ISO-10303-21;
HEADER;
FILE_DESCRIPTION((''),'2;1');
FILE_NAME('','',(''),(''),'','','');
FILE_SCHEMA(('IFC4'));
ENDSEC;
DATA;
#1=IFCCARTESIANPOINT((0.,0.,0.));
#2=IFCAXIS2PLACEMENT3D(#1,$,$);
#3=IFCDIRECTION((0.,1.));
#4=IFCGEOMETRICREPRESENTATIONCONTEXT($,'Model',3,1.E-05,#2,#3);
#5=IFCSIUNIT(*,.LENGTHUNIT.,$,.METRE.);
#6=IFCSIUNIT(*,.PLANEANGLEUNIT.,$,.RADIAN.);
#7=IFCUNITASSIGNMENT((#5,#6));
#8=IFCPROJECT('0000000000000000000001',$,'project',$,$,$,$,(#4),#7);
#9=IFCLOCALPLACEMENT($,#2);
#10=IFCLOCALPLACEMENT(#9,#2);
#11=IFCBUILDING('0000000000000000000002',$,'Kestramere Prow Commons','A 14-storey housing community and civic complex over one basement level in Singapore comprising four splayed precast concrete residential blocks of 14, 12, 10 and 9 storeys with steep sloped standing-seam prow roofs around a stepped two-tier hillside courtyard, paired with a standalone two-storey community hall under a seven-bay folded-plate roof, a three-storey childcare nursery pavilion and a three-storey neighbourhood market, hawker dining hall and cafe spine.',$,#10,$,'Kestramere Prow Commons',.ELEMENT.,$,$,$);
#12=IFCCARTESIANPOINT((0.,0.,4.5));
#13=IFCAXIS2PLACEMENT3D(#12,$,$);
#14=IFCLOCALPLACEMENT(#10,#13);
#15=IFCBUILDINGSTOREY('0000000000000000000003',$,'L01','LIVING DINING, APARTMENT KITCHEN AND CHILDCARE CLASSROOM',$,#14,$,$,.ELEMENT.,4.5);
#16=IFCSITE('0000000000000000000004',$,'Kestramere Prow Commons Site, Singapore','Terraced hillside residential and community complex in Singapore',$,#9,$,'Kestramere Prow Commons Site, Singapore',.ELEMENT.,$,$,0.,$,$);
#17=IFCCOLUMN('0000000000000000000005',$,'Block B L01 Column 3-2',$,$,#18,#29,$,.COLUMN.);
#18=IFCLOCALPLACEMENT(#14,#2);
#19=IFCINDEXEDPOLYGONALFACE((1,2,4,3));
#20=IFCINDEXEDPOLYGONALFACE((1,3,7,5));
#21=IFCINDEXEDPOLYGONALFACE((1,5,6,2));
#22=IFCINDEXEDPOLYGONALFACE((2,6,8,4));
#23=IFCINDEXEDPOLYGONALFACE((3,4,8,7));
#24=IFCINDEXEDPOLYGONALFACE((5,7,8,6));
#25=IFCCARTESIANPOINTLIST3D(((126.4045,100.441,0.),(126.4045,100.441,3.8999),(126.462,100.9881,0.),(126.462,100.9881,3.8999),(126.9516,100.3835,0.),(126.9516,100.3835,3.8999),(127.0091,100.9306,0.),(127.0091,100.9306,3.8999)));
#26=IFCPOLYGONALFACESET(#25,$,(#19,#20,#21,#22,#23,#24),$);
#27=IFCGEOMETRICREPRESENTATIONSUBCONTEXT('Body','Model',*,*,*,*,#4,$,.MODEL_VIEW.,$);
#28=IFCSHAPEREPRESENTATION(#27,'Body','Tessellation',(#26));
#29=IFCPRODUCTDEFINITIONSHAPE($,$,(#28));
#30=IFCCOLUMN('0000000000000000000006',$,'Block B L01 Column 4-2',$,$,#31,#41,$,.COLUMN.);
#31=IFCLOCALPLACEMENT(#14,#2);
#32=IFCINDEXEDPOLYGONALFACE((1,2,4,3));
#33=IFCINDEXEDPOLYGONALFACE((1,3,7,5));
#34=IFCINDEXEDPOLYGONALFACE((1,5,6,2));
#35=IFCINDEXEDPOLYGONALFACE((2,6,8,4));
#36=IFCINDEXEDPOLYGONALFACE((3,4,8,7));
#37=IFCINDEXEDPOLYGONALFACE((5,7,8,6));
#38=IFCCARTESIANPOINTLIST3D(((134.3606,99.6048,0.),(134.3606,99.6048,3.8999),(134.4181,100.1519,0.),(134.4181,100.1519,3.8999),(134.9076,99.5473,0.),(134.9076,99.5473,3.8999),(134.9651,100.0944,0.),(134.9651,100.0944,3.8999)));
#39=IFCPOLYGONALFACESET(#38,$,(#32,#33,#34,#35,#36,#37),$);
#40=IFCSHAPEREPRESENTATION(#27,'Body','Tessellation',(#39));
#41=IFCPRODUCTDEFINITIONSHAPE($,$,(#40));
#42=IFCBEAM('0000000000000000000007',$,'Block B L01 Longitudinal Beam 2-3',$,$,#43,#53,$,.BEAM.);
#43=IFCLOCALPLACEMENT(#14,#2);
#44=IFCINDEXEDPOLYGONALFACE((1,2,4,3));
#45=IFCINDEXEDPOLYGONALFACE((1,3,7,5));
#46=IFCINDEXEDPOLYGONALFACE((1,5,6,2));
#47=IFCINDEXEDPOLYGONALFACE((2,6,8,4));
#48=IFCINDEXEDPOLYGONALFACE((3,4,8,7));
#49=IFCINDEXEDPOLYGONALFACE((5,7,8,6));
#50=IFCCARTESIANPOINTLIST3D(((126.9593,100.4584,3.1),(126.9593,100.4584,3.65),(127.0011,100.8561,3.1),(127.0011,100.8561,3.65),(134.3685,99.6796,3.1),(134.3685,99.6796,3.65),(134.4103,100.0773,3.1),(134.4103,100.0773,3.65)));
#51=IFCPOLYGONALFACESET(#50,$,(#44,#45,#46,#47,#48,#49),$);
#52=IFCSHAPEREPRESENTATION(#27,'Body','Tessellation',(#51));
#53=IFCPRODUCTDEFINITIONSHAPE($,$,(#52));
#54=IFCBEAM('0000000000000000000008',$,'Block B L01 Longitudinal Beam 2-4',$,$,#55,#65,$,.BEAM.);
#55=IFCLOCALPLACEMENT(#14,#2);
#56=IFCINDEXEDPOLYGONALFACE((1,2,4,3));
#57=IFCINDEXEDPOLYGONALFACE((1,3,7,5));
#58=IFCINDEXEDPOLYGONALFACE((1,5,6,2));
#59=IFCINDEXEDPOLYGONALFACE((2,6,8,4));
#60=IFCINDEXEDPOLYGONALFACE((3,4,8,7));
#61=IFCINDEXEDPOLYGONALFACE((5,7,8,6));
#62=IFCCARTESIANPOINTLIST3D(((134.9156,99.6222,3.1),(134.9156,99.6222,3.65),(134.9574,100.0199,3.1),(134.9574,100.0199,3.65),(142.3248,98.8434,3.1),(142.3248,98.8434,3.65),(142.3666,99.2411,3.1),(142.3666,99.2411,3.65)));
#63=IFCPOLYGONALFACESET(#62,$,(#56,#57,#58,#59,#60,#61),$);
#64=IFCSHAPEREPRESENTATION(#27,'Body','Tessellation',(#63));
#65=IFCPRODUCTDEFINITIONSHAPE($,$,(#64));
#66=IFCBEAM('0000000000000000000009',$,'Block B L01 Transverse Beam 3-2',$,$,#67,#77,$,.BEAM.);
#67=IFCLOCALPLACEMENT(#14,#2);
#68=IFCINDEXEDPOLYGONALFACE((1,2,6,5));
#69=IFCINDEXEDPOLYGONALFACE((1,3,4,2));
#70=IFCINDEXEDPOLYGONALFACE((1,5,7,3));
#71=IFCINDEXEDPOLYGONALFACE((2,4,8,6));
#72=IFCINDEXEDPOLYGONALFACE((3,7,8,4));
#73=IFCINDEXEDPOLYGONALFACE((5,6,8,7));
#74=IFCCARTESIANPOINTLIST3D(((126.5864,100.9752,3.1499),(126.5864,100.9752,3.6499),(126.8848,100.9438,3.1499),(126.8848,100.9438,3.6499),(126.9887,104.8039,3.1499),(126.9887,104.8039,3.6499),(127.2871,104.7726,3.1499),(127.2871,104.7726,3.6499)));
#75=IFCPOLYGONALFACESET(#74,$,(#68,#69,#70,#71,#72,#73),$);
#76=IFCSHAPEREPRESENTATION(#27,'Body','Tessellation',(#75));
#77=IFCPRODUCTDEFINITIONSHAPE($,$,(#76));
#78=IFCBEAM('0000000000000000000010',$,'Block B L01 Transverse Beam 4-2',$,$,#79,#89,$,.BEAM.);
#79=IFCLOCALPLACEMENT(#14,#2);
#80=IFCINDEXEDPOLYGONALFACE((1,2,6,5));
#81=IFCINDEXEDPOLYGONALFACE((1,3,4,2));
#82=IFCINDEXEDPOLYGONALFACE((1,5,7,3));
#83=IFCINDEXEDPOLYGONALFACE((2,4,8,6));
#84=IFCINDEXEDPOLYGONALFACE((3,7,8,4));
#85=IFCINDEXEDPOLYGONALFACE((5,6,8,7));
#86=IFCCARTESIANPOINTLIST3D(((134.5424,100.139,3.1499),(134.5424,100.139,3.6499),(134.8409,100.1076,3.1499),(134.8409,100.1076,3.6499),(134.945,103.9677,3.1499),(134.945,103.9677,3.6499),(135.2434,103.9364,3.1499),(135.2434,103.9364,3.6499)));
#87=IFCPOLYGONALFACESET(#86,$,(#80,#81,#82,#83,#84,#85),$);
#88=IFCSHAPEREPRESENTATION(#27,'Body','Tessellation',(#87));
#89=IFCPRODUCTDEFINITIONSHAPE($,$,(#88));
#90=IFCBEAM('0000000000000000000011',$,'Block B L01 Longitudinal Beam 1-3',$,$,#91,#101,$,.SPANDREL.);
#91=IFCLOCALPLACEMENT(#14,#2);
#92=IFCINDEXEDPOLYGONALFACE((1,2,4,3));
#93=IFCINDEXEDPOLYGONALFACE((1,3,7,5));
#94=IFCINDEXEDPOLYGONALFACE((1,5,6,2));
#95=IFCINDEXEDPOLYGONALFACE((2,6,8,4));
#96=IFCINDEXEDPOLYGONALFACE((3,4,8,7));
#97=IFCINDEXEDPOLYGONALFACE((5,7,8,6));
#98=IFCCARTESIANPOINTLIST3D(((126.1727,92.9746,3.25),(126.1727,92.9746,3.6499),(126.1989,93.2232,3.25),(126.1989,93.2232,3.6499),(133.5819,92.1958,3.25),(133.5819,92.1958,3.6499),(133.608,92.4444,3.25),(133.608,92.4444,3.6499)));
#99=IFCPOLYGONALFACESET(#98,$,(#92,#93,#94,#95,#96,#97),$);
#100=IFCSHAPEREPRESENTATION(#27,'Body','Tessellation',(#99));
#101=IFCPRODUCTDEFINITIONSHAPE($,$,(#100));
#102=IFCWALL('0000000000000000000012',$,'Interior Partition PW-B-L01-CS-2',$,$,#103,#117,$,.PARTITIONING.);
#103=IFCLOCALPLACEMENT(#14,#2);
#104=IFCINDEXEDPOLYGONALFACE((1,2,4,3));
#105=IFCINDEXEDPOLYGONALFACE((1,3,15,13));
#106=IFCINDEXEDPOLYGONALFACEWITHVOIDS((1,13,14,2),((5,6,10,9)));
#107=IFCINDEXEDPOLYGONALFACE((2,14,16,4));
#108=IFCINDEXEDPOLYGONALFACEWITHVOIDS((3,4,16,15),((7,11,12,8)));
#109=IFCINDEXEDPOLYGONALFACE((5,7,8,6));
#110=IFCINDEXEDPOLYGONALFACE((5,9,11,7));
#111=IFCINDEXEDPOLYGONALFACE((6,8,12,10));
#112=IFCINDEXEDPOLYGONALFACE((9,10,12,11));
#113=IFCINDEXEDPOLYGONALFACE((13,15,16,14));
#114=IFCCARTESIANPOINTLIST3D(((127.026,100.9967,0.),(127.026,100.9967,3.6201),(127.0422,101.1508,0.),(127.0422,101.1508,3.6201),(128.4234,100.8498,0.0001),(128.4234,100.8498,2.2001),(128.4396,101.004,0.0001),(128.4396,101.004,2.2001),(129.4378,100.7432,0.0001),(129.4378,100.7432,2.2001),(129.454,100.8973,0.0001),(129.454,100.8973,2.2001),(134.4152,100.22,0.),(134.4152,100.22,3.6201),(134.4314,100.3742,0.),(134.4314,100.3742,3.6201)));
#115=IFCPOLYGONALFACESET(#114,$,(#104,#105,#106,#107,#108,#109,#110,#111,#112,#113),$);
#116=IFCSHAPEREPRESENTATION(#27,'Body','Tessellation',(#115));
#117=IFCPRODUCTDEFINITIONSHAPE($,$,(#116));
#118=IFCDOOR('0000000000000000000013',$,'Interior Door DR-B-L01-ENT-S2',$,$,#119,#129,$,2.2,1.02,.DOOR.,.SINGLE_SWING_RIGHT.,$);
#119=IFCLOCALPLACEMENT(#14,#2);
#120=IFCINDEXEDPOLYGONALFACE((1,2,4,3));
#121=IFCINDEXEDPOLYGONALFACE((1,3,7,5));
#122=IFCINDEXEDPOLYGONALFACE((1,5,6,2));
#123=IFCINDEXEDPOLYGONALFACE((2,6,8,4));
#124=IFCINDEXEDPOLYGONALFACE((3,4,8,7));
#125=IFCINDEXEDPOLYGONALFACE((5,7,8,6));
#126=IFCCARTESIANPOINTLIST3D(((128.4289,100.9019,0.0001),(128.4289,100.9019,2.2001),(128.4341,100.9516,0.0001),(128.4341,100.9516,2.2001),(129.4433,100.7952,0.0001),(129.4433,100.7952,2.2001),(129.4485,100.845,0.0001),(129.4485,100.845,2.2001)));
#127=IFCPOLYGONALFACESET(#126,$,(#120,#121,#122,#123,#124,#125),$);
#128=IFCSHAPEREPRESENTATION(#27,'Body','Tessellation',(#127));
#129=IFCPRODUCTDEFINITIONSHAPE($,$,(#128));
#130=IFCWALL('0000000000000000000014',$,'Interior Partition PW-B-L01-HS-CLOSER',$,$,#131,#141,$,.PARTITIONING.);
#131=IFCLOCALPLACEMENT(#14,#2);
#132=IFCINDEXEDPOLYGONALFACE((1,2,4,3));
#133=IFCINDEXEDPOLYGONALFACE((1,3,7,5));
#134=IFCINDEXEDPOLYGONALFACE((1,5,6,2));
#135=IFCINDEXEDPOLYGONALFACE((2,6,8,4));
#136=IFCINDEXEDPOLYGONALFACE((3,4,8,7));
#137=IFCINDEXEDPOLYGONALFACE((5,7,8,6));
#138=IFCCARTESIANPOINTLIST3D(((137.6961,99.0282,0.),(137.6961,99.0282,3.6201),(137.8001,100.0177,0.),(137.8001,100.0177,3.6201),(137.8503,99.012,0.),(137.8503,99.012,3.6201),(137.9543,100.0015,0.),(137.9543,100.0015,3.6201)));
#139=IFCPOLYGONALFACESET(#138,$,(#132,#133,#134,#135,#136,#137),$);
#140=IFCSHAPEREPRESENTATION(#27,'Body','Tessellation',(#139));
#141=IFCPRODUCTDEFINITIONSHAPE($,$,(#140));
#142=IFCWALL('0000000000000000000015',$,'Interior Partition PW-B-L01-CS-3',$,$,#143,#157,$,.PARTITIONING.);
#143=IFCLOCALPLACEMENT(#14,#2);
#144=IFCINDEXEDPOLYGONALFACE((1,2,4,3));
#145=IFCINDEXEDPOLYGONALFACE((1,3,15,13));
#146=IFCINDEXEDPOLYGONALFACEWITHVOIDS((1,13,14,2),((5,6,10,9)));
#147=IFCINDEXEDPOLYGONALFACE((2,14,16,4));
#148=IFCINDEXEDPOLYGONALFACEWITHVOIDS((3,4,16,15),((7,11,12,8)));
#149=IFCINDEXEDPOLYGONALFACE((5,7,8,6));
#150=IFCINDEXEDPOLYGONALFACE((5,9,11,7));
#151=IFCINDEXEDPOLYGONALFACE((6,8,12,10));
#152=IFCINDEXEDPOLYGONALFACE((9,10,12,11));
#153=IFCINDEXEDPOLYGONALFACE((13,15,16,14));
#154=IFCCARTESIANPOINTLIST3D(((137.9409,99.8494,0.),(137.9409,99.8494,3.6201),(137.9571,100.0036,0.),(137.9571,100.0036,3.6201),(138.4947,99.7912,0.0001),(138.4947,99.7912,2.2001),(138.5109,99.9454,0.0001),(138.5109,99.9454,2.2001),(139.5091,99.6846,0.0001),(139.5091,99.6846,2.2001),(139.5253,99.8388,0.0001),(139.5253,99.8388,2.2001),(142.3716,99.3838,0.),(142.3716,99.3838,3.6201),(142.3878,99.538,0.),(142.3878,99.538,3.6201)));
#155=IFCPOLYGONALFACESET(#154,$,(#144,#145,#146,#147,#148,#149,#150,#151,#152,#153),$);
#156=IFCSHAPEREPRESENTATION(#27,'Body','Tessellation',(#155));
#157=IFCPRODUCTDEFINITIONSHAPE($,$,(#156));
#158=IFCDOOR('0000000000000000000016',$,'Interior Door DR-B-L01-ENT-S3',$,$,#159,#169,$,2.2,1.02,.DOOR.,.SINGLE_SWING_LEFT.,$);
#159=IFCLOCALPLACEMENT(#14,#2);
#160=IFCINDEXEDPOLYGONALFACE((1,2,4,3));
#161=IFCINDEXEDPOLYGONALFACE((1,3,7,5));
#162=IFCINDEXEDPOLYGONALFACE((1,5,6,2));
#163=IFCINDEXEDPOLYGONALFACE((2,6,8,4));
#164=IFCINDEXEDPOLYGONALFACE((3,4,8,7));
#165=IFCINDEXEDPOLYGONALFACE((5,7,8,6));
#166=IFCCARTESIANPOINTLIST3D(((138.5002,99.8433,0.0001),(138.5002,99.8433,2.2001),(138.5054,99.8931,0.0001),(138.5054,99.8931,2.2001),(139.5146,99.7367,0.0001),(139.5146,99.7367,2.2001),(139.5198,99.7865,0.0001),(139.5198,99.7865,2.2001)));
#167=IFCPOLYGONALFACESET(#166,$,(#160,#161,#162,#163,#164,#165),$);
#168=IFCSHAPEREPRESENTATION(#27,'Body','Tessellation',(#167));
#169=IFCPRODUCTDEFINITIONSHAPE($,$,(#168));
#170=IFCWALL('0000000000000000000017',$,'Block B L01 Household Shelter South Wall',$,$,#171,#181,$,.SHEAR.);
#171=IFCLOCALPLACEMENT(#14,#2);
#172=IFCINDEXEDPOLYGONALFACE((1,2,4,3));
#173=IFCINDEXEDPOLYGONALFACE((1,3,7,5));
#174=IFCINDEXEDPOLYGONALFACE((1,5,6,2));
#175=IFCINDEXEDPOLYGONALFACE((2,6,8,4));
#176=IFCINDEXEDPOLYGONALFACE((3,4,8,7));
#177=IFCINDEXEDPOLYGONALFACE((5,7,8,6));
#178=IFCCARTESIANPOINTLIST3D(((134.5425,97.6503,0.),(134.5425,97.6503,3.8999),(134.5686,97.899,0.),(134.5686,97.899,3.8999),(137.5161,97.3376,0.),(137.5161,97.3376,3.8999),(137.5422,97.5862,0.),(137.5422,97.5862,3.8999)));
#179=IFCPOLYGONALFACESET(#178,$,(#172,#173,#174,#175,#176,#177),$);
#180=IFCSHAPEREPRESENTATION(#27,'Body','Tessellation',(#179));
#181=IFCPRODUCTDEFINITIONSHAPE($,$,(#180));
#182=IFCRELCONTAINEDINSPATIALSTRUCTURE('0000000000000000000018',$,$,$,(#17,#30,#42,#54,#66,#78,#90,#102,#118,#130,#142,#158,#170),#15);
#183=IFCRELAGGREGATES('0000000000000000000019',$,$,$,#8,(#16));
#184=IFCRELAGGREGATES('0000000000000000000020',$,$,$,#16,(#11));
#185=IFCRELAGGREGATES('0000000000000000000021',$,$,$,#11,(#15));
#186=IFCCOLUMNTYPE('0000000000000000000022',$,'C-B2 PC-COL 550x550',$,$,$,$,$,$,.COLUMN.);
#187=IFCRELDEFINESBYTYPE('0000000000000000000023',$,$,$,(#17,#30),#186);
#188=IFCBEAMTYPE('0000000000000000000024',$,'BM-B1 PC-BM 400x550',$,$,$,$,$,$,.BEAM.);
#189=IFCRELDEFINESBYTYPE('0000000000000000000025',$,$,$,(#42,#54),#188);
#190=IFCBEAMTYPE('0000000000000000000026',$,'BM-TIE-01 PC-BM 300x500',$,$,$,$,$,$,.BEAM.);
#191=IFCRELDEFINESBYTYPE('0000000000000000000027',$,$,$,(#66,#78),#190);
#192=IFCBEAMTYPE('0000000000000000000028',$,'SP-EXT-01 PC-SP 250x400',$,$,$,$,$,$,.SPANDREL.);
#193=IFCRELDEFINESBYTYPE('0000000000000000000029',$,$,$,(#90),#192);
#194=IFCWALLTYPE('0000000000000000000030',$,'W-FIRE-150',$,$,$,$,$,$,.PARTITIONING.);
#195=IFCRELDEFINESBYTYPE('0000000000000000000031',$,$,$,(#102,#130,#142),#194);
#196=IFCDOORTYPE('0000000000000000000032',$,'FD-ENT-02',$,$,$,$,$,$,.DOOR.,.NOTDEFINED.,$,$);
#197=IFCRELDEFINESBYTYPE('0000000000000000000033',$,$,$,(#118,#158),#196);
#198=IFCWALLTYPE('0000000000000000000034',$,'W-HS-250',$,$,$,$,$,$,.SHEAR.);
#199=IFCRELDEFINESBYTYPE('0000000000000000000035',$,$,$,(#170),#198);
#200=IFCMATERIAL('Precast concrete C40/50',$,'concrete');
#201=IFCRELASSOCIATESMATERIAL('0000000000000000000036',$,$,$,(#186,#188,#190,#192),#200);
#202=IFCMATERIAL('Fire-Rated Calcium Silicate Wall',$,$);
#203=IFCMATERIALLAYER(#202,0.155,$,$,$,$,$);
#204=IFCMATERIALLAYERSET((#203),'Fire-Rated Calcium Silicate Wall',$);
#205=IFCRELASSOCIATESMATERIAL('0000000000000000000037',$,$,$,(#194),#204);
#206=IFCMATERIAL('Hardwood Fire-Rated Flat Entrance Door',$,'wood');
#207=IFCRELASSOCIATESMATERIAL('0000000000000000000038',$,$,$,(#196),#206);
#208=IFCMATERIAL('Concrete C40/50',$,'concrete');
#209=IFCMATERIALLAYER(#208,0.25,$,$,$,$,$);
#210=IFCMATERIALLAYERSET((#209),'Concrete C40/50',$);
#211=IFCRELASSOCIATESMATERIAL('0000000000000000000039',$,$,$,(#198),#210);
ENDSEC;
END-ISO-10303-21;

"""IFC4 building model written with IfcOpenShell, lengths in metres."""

from ifc_helpers import new_model, si_unit, direction, frame, frame_2d, origin, origin_2d, place, context, subcontext, project, spatial, rectangle, extrude, material, layer, layer_set, material_profile, profile_set, type_object, element, fill, save


model = new_model("IFC4")

# Units and contexts
model_context = context("Model", 3, precision=1e-05, world=origin(), true_north=direction((0.0, 1.0)))
body_context = subcontext(model_context, "Body", "Model", "MODEL_VIEW")
ifc_project = project(units=[si_unit("LENGTHUNIT", "METRE"), si_unit("PLANEANGLEUNIT", "RADIAN")], contexts=[model_context])

# Site, building, storey
site_placement = place(None, origin())
site = spatial("IfcSite", under=ifc_project, at=site_placement, Name="Kestramere Prow Commons Site, Singapore", Description="Terraced hillside residential and community complex in Singapore", LongName="Kestramere Prow Commons Site, Singapore", CompositionType="ELEMENT", RefElevation=0.0)
building_placement = place(site_placement, origin())
building = spatial("IfcBuilding", under=site, at=building_placement, Name="Kestramere Prow Commons", Description="A 14-storey housing community and civic complex over one basement level in Singapore comprising four splayed precast concrete residential blocks of 14, 12, 10 and 9 storeys with steep sloped standing-seam prow roofs around a stepped two-tier hillside courtyard, paired with a standalone two-storey community hall under a seven-bay folded-plate roof, a three-storey childcare nursery pavilion and a three-storey neighbourhood market, hawker dining hall and cafe spine.", LongName="Kestramere Prow Commons", CompositionType="ELEMENT")
storey_placement = place(building_placement, frame((0.0, 0.0, 4.5)))
storey = spatial("IfcBuildingStorey", under=building, at=storey_placement, Name="L01", Description="LIVING DINING, APARTMENT KITCHEN AND CHILDCARE CLASSROOM", CompositionType="ELEMENT", Elevation=4.5)

# Columns
ifc_material_1 = material(Name="Precast concrete C40/50", Category="concrete")
ifc_material_profile_1 = material_profile(ifc_material_1, rectangle(XDim=0.55, YDim=0.55, at=origin_2d()), Name="PC-COL 550x550")
ifc_profile_set_1 = profile_set([ifc_material_profile_1], Name="Precast concrete C40/50")
column_type = type_object("IfcColumnType", Name="C-B2 PC-COL 550x550", PredefinedType="COLUMN", material=ifc_profile_set_1)
for number, where, z_axis, x_axis, name in (
    (1, (126.7068, 100.6858, 0.0), (0.0, 0.0, 1.0), (0.994522, -0.104528, 0.0), "Block B L01 Column 3-2"),
    (2, (134.6628, 99.8496, 0.0), (0.0, 0.0, 1.0), (0.994522, -0.104528, 0.0), "Block B L01 Column 4-2"),
):
    element("IfcColumn", number, at=place(storey_placement, frame(where, z_axis=z_axis, x_axis=x_axis)), inside=storey, type_object=column_type, Name=name, PredefinedType="COLUMN", context=body_context, shape_type="SweptSolid", body=[
        extrude(rectangle(XDim=0.55, YDim=0.55, at=origin_2d()), origin(), (0.0, 0.0, 1.0), 3.8999),
    ])

# Beams
ifc_material_profile_2 = material_profile(ifc_material_1, rectangle(XDim=0.3999, YDim=0.55, at=origin_2d()), Name="PC-BM 400x550")
ifc_profile_set_2 = profile_set([ifc_material_profile_2], Name="Precast concrete C40/50")
beam_type_1 = type_object("IfcBeamType", Name="BM-B1 PC-BM 400x550", PredefinedType="BEAM", material=ifc_profile_set_2)
for number, where, z_axis, x_axis, name in (
    (3, (126.9802, 100.6572, 3.375), (0.994521, -0.104538, 0.0), (0.104538, 0.994521, 0.0), "Block B L01 Longitudinal Beam 2-3"),
    (4, (134.9365, 99.821, 3.375), (0.994521, -0.104538, 0.0), (0.104538, 0.994521, 0.0), "Block B L01 Longitudinal Beam 2-4"),
):
    element("IfcBeam", number, at=place(storey_placement, frame(where, z_axis=z_axis, x_axis=x_axis)), inside=storey, type_object=beam_type_1, Name=name, PredefinedType="BEAM", context=body_context, shape_type="SweptSolid", body=[
        extrude(rectangle(XDim=0.3999, YDim=0.55, at=origin_2d()), origin(), (0.0, 0.0, 1.0), 7.45),
    ])
ifc_material_profile_3 = material_profile(ifc_material_1, rectangle(XDim=0.3, YDim=0.5, at=origin_2d()), Name="PC-BM 300x500")
ifc_profile_set_3 = profile_set([ifc_material_profile_3], Name="Precast concrete C40/50")
beam_type_2 = type_object("IfcBeamType", Name="BM-TIE-01 PC-BM 300x500", PredefinedType="BEAM", material=ifc_profile_set_3)
for number, where, z_axis, x_axis, name in (
    (5, (126.7356, 100.9595, 3.3999), (0.104507, 0.994524, 0.0), (-0.994524, 0.104507, 0.0), "Block B L01 Transverse Beam 3-2"),
    (6, (134.6917, 100.1233, 3.3999), (0.104569, 0.994518, 0.0), (-0.994518, 0.104569, 0.0), "Block B L01 Transverse Beam 4-2"),
):
    element("IfcBeam", number, at=place(storey_placement, frame(where, z_axis=z_axis, x_axis=x_axis)), inside=storey, type_object=beam_type_2, Name=name, PredefinedType="BEAM", context=body_context, shape_type="SweptSolid", body=[
        extrude(rectangle(XDim=0.3, YDim=0.5, at=origin_2d()), origin(), (0.0, 0.0, 1.0), 3.8499),
    ])
ifc_material_profile_4 = material_profile(ifc_material_1, rectangle(XDim=0.25, YDim=0.3999, at=origin_2d()), Name="PC-SP 250x400")
ifc_profile_set_4 = profile_set([ifc_material_profile_4], Name="Precast concrete C40/50")
beam_type_3 = type_object("IfcBeamType", Name="SP-EXT-01 PC-SP 250x400", PredefinedType="SPANDREL", material=ifc_profile_set_4)
beam_placement = place(storey_placement, frame((126.1858, 93.0989, 3.45), z_axis=(0.994521, -0.104538, 0.0), x_axis=(0.104538, 0.994521, 0.0)))
element("IfcBeam", 7, at=beam_placement, inside=storey, type_object=beam_type_3, Name="Block B L01 Longitudinal Beam 1-3", PredefinedType="SPANDREL", context=body_context, shape_type="SweptSolid", body=[
    extrude(rectangle(XDim=0.25, YDim=0.3999, at=origin_2d()), origin(), (0.0, 0.0, 1.0), 7.45),
])

# Wall, opening, door
ifc_material_2 = material(Name="Fire-Rated Calcium Silicate Wall")
ifc_layer_1 = layer(ifc_material_2, 0.155)
ifc_layer_set_1 = layer_set([ifc_layer_1], Name="Fire-Rated Calcium Silicate Wall")
wall_type_1 = type_object("IfcWallType", Name="W-FIRE-150", PredefinedType="PARTITIONING", material=ifc_layer_set_1)
wall_1_placement = place(storey_placement, frame((127.0342, 101.0737, 0.0), z_axis=(0.0, 0.0, 1.0), x_axis=(0.994522, -0.104526, 0.0)))
wall_1 = element("IfcWall", 8, at=wall_1_placement, inside=storey, type_object=wall_type_1, Name="Interior Partition PW-B-L01-CS-2", PredefinedType="PARTITIONING", context=body_context, shape_type="SweptSolid", body=[
    extrude(rectangle(XDim=7.4299, YDim=0.155, at=frame_2d((3.7148, 0.0))), origin(), (0.0, 0.0, 1.0), 3.6201),
])
opening_1_placement = place(wall_1_placement, frame((1.405, 0.0, 0.0)))
opening_1 = element("IfcOpeningElement", 9, at=opening_1_placement, cuts=wall_1, PredefinedType="OPENING", context=body_context, shape_type="SweptSolid", body=[
    extrude(rectangle(XDim=1.02, YDim=2.2, at=frame_2d((0.51, 1.1001))), frame((0.0, 0.0925, 0.0), z_axis=(0.0, -1.0, 0.0), x_axis=(1.0, 0.0, 0.0)), (0.0, 0.0, 1.0), 0.1851),
])
ifc_material_3 = material(Name="Hardwood Fire-Rated Flat Entrance Door", Category="wood")
door_type_1 = type_object("IfcDoorType", Name="FD-ENT-02", OperationType="NOTDEFINED", PredefinedType="DOOR", material=ifc_material_3)
door_1_placement = place(opening_1_placement, origin())
door_1 = element("IfcDoor", 10, at=door_1_placement, inside=storey, type_object=door_type_1, Name="Interior Door DR-B-L01-ENT-S2", OperationType="SINGLE_SWING_RIGHT", OverallHeight=2.2, OverallWidth=1.02, PredefinedType="DOOR", context=body_context, shape_type="SweptSolid", body=[
    extrude(rectangle(XDim=1.02, YDim=2.2, at=frame_2d((0.51, 1.1001))), frame((0.0, 0.0249, 0.0), z_axis=(0.0, -1.0, 0.0), x_axis=(1.0, 0.0, 0.0)), (0.0, 0.0, 1.0), 0.05),
])
fill(opening_1, door_1)

# Wall
wall_2_placement = place(storey_placement, frame((137.7732, 99.02, 0.0), z_axis=(0.0, 0.0, 1.0), x_axis=(0.104532, 0.994522, 0.0)))
element("IfcWall", 11, at=wall_2_placement, inside=storey, type_object=wall_type_1, Name="Interior Partition PW-B-L01-HS-CLOSER", PredefinedType="PARTITIONING", context=body_context, shape_type="SweptSolid", body=[
    extrude(rectangle(XDim=0.9949, YDim=0.155, at=frame_2d((0.4976, 0.0))), origin(), (0.0, 0.0, 1.0), 3.6201),
])

# Wall, opening, door
wall_3_placement = place(storey_placement, frame((137.949, 99.9265, 0.0), z_axis=(0.0, 0.0, 1.0), x_axis=(0.994524, -0.104505, 0.0)))
wall_3 = element("IfcWall", 12, at=wall_3_placement, inside=storey, type_object=wall_type_1, Name="Interior Partition PW-B-L01-CS-3", PredefinedType="PARTITIONING", context=body_context, shape_type="SweptSolid", body=[
    extrude(rectangle(XDim=4.4551, YDim=0.155, at=frame_2d((2.2275, 0.0))), origin(), (0.0, 0.0, 1.0), 3.6201),
])
opening_2_placement = place(wall_3_placement, frame((0.5569, 0.0, 0.0)))
opening_2 = element("IfcOpeningElement", 13, at=opening_2_placement, cuts=wall_3, PredefinedType="OPENING", context=body_context, shape_type="SweptSolid", body=[
    extrude(rectangle(XDim=1.02, YDim=2.2, at=frame_2d((0.51, 1.1001))), frame((0.0, 0.0925, 0.0), z_axis=(0.0, -1.0, 0.0), x_axis=(1.0, 0.0, 0.0)), (0.0, 0.0, 1.0), 0.1851),
])
door_2_placement = place(opening_2_placement, origin())
door_2 = element("IfcDoor", 14, at=door_2_placement, inside=storey, type_object=door_type_1, Name="Interior Door DR-B-L01-ENT-S3", OperationType="SINGLE_SWING_LEFT", OverallHeight=2.2, OverallWidth=1.02, PredefinedType="DOOR", context=body_context, shape_type="SweptSolid", body=[
    extrude(rectangle(XDim=1.02, YDim=2.2, at=frame_2d((0.51, 1.1001))), frame((0.0, 0.0249, 0.0), z_axis=(0.0, -1.0, 0.0), x_axis=(1.0, 0.0, 0.0)), (0.0, 0.0, 1.0), 0.05),
])
fill(opening_2, door_2)

# Wall
ifc_material_4 = material(Name="Concrete C40/50", Category="concrete")
ifc_layer_2 = layer(ifc_material_4, 0.25)
ifc_layer_set_2 = layer_set([ifc_layer_2], Name="Concrete C40/50")
wall_type_2 = type_object("IfcWallType", Name="W-HS-250", PredefinedType="SHEAR", material=ifc_layer_set_2)
wall_4_placement = place(storey_placement, frame((134.5554, 97.7747, 0.0), z_axis=(0.0, 0.0, 1.0), x_axis=(0.994515, -0.104596, 0.0)))
element("IfcWall", 15, at=wall_4_placement, inside=storey, type_object=wall_type_2, Name="Block B L01 Household Shelter South Wall", PredefinedType="SHEAR", context=body_context, shape_type="SweptSolid", body=[
    extrude(rectangle(XDim=2.99, YDim=0.25, at=frame_2d((1.4951, 0.0))), origin(), (0.0, 0.0, 1.0), 3.8999),
])

save(model, "model.ifc")
